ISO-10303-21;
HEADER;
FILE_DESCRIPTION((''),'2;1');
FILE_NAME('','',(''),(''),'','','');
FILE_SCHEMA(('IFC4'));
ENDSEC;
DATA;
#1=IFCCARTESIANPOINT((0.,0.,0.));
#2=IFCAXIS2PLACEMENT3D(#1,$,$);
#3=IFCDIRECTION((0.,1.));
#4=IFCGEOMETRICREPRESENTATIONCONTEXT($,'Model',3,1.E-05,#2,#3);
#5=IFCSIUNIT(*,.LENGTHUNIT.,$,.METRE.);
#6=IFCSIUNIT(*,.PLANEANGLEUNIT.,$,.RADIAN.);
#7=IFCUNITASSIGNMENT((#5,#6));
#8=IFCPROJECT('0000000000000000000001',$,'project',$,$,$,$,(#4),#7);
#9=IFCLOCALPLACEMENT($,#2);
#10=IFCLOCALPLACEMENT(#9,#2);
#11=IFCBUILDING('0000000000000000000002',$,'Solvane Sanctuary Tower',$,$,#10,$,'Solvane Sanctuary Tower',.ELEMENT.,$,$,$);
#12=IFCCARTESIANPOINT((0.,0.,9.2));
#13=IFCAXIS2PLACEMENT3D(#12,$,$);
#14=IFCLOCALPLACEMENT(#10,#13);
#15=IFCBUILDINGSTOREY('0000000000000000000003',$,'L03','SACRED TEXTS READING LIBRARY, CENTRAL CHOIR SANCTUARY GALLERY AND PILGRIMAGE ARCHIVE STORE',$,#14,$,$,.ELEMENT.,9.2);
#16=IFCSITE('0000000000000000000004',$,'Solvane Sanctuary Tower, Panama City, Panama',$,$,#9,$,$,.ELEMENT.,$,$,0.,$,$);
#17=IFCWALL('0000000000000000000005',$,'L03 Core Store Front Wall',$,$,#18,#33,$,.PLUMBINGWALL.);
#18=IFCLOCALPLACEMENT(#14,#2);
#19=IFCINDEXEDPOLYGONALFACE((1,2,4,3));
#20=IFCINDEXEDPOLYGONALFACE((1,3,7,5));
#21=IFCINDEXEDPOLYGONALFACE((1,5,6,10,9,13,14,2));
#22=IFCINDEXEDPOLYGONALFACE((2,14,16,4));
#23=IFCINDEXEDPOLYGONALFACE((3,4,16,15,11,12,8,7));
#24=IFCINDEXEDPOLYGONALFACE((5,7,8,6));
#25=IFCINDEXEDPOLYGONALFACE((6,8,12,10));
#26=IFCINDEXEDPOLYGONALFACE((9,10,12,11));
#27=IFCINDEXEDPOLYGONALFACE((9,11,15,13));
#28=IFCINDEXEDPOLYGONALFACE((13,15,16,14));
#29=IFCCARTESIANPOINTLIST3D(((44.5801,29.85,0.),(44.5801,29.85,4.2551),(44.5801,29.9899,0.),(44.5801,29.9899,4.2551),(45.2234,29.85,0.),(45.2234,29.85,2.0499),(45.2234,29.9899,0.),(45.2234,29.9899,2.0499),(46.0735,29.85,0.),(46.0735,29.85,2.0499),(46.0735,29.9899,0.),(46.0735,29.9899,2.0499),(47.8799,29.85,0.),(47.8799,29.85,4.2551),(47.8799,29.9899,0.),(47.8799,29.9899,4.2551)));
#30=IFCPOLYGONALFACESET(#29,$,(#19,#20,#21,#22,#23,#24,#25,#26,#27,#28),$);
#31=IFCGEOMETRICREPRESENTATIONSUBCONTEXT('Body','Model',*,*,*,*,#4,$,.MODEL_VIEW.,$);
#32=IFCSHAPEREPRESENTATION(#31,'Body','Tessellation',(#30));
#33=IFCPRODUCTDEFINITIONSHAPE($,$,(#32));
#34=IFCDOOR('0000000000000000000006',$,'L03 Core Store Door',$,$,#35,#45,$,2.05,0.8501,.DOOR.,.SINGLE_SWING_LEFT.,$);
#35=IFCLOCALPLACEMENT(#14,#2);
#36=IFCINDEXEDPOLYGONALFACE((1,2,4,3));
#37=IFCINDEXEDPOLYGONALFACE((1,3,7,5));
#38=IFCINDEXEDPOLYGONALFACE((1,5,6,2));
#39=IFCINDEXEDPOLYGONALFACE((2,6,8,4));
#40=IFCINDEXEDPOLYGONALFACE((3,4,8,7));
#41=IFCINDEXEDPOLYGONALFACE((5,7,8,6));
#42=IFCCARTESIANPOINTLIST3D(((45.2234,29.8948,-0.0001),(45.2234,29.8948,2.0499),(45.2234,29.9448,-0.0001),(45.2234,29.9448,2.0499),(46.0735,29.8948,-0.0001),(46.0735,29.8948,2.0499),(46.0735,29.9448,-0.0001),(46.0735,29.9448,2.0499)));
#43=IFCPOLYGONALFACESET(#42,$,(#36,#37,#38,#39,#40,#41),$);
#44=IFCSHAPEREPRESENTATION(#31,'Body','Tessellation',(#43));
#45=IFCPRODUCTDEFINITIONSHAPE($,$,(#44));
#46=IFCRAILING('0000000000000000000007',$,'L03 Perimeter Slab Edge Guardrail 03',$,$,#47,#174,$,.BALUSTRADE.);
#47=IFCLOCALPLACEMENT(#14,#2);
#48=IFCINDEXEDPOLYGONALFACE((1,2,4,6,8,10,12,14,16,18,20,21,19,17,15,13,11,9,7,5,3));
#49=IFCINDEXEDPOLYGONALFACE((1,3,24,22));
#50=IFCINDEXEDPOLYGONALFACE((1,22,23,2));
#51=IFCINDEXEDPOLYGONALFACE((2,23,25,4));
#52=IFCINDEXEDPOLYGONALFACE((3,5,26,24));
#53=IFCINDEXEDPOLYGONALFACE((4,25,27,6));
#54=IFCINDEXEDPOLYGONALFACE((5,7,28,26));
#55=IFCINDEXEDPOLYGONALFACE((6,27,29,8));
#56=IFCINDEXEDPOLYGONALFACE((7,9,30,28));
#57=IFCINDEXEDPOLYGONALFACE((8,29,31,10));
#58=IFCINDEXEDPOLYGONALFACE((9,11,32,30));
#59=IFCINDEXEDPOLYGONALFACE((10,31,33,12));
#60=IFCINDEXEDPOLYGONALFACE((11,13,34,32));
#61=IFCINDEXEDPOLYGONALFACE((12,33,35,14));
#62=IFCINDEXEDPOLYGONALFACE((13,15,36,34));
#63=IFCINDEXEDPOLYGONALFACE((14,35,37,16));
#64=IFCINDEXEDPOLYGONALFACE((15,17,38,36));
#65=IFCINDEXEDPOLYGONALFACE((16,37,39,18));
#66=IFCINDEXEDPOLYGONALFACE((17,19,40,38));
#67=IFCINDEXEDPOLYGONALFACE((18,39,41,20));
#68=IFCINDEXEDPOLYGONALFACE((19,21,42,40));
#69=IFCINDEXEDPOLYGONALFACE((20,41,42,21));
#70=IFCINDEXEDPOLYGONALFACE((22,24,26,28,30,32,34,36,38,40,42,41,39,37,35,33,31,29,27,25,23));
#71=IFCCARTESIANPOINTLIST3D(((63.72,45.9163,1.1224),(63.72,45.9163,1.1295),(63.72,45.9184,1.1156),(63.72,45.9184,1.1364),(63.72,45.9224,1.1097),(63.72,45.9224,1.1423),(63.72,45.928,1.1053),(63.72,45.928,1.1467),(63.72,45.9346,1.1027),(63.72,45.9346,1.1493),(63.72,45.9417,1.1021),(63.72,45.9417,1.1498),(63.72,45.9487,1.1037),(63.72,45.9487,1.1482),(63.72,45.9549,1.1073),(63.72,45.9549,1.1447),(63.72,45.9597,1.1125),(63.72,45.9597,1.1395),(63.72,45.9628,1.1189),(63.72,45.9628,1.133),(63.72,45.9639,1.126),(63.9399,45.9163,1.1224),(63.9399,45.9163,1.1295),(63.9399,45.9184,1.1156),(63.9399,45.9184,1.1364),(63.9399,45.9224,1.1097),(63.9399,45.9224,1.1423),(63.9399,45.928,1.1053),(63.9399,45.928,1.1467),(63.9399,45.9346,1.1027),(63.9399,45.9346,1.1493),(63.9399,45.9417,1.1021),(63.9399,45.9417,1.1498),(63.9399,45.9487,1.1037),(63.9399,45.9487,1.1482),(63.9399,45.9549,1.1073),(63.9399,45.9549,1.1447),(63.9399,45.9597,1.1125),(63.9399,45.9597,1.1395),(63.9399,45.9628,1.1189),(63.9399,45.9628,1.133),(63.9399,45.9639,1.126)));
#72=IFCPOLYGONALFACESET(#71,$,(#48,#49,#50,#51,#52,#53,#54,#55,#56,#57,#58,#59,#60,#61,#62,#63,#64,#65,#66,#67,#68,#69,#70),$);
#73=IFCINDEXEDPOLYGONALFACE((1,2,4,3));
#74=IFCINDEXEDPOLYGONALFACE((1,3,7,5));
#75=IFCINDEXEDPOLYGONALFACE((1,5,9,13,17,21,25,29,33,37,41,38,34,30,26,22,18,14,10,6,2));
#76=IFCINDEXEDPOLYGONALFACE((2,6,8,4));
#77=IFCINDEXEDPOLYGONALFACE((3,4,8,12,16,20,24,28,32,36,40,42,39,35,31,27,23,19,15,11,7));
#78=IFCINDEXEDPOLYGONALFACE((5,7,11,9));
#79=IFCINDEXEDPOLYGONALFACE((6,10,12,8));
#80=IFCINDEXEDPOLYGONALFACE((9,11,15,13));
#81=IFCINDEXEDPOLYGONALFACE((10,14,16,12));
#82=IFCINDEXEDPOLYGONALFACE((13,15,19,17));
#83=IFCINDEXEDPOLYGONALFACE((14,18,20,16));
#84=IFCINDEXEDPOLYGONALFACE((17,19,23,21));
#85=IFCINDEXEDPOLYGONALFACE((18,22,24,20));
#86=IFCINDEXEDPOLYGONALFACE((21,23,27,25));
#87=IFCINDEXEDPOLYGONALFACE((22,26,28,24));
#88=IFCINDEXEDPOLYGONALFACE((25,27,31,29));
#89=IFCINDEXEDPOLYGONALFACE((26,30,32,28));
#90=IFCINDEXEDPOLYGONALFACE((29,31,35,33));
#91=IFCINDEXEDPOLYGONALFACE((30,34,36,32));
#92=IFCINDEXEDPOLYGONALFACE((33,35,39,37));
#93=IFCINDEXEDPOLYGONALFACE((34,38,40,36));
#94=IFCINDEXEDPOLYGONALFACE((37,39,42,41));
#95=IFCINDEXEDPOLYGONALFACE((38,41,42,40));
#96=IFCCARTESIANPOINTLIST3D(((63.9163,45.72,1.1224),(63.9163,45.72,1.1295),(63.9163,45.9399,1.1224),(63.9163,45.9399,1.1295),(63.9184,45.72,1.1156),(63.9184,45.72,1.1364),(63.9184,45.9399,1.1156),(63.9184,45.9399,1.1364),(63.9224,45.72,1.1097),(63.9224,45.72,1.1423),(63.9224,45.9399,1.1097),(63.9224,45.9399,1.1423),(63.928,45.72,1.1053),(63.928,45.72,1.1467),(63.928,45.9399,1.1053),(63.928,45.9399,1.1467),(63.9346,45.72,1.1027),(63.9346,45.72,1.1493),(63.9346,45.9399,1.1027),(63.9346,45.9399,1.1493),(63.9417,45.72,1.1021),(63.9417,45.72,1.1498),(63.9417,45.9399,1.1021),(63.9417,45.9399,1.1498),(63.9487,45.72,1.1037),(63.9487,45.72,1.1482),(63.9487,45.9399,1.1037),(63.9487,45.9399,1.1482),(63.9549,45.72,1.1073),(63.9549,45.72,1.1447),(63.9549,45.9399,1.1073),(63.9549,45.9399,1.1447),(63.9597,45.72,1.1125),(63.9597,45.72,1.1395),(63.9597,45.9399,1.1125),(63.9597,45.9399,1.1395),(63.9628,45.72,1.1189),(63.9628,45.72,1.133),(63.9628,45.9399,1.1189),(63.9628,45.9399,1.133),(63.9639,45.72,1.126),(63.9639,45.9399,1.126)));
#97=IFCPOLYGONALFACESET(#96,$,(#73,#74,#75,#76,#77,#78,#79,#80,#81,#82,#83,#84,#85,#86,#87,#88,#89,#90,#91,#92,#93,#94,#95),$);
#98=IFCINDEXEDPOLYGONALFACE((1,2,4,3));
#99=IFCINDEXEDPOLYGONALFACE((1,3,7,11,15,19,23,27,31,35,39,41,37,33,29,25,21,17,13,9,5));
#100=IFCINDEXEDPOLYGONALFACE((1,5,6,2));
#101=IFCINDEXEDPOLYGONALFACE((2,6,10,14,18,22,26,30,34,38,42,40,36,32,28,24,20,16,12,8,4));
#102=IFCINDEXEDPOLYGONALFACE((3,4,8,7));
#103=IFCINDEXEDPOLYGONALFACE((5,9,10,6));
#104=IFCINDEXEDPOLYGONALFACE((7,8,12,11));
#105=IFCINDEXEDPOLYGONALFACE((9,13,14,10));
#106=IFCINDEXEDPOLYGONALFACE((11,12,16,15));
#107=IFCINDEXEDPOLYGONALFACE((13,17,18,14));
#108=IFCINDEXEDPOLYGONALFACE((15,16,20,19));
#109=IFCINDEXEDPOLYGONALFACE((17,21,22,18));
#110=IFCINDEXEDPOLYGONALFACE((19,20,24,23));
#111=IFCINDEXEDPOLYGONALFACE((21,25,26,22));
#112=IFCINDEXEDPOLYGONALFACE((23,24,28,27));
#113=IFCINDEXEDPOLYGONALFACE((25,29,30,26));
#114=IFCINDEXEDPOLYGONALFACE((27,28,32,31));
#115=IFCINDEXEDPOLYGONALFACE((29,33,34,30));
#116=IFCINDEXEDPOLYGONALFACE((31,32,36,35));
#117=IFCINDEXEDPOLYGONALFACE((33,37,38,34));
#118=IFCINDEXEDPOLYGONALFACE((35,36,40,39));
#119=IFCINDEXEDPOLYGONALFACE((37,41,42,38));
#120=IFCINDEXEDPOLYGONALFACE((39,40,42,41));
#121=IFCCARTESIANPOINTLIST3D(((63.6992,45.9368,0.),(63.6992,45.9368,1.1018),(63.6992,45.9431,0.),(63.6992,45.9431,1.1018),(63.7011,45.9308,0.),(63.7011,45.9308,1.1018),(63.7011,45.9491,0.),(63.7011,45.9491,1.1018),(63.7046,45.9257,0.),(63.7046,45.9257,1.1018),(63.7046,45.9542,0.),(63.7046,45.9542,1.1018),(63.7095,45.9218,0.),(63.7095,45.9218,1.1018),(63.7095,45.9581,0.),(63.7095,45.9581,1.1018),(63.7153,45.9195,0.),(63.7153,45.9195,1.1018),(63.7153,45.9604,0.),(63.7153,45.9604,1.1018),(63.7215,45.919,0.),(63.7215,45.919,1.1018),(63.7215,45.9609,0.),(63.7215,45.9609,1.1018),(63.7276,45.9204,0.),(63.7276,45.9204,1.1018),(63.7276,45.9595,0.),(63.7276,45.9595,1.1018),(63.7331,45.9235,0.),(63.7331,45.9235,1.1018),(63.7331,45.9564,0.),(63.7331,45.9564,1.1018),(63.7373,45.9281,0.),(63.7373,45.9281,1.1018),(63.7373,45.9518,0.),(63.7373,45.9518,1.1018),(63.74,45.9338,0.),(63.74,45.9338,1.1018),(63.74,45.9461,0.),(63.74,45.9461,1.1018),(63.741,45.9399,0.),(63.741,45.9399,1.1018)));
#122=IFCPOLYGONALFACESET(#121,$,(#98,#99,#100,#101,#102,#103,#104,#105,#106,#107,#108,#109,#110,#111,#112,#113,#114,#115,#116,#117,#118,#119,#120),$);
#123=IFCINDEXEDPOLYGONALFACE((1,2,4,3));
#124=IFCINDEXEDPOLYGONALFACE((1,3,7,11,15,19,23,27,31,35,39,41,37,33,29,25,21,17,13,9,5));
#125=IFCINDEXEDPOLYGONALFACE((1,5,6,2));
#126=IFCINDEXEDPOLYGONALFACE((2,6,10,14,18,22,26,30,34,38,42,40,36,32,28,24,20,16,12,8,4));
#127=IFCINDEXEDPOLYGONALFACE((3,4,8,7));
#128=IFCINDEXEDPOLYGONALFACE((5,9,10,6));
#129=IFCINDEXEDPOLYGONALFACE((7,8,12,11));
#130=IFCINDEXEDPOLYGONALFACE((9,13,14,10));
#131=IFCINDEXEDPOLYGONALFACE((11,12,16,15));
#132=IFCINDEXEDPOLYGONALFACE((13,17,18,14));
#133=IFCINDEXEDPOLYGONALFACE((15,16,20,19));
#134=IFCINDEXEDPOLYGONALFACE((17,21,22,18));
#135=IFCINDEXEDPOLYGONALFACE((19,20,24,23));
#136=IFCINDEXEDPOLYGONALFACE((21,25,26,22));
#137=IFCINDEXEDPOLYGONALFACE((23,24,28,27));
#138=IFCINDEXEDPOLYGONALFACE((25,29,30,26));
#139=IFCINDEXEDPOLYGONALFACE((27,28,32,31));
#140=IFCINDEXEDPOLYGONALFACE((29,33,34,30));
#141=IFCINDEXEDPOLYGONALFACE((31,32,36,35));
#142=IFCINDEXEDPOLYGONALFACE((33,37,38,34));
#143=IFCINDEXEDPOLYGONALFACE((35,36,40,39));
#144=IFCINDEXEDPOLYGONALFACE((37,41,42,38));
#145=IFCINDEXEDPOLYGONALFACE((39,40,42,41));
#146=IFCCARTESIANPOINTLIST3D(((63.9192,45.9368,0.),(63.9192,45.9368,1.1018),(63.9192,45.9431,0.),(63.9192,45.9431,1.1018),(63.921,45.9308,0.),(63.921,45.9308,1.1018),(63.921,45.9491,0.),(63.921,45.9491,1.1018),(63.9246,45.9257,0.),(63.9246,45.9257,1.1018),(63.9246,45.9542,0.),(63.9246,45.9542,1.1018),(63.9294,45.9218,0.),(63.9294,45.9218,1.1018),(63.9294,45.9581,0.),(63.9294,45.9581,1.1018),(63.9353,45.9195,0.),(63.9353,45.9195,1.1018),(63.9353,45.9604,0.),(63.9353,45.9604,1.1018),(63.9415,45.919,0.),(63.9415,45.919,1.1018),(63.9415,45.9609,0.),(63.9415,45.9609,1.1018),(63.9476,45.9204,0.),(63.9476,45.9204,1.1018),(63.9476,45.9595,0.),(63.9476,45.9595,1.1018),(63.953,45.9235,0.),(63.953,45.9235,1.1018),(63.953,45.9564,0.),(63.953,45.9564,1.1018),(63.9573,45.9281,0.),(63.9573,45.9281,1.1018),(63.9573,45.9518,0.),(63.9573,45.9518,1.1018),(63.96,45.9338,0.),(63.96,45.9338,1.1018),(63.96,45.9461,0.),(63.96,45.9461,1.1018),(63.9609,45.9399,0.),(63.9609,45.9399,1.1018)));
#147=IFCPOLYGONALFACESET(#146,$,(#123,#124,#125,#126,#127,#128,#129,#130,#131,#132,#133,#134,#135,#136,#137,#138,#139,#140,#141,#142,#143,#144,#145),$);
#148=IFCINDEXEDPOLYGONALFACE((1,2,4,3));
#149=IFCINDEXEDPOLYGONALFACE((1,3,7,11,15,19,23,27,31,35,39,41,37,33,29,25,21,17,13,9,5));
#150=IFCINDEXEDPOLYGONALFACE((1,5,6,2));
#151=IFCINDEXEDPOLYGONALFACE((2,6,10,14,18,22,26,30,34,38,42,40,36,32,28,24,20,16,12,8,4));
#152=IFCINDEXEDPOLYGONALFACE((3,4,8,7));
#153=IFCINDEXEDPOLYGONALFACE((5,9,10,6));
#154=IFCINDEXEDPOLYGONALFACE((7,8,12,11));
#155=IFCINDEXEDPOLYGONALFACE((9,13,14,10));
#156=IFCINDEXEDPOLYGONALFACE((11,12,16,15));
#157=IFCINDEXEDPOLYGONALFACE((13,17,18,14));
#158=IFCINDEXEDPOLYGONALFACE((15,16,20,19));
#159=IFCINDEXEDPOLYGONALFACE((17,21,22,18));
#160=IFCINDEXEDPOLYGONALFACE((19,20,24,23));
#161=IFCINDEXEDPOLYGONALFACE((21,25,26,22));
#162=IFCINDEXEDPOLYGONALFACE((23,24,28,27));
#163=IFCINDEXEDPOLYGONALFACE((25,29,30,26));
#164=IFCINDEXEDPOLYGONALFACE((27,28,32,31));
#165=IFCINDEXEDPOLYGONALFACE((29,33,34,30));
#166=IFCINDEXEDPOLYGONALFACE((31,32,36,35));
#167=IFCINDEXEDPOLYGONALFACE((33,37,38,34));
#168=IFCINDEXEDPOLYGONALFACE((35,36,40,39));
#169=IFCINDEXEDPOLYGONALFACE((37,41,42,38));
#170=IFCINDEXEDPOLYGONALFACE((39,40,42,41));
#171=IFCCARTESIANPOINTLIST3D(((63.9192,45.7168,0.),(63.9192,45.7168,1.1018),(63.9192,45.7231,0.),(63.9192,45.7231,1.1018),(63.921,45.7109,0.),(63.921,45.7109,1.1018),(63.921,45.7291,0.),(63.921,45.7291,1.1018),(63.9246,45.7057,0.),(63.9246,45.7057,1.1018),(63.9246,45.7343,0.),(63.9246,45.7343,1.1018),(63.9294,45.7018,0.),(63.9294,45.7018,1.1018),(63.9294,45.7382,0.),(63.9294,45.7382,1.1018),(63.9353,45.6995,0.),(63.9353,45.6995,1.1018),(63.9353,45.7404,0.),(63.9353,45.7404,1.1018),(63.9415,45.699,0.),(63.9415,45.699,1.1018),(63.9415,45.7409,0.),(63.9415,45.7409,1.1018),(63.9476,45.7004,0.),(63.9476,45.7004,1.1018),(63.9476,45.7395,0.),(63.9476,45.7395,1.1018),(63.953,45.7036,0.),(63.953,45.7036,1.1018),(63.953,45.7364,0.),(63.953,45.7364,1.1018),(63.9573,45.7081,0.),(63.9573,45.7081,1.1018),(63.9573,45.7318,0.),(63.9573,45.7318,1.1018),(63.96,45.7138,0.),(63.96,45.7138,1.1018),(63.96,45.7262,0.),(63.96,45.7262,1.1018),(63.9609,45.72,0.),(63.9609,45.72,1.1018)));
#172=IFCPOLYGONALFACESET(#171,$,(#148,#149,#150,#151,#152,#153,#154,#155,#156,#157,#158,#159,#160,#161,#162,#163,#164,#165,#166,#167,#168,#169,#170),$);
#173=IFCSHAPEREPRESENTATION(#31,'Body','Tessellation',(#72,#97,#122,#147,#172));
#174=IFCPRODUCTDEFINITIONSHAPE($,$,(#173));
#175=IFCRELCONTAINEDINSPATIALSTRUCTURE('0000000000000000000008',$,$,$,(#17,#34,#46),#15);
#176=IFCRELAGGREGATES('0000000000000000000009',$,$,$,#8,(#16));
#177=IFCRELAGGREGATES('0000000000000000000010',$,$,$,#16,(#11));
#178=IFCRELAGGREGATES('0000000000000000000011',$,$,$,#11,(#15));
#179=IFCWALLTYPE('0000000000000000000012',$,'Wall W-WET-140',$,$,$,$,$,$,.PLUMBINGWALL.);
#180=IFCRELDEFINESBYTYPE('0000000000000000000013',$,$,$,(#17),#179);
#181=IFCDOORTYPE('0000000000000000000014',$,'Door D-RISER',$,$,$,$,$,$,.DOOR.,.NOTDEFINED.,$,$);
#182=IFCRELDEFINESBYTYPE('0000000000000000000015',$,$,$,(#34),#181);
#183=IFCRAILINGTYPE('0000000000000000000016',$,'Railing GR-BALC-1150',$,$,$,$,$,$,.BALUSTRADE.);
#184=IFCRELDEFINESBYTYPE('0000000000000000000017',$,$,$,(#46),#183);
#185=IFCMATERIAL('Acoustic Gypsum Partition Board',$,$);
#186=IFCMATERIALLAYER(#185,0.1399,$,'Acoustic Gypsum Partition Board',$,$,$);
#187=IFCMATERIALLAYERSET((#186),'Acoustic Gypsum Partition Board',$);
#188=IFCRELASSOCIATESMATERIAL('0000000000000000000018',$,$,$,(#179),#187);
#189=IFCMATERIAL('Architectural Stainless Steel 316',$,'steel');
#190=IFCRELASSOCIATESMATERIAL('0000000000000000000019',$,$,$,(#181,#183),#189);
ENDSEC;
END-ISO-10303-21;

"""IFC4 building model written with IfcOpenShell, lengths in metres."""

from ifc_helpers import new_model, si_unit, direction, frame, frame_2d, origin, origin_2d, place, context, subcontext, project, spatial, rectangle, circle, extrude, material, layer, layer_set, type_object, element, fill, save


model = new_model("IFC4")

# Units and contexts
model_context = context("Model", 3, precision=1e-05, world=origin(), true_north=direction((0.0, 1.0)))
body_context = subcontext(model_context, "Body", "Model", "MODEL_VIEW")
ifc_project = project(units=[si_unit("LENGTHUNIT", "METRE"), si_unit("PLANEANGLEUNIT", "RADIAN")], contexts=[model_context])

# Site, building, storey
site_placement = place(None, origin())
site = spatial("IfcSite", under=ifc_project, at=site_placement, Name="Solvane Sanctuary Tower, Panama City, Panama", CompositionType="ELEMENT", RefElevation=0.0)
building_placement = place(site_placement, origin())
building = spatial("IfcBuilding", under=site, at=building_placement, Name="Solvane Sanctuary Tower", LongName="Solvane Sanctuary Tower", CompositionType="ELEMENT")
storey_placement = place(building_placement, frame((0.0, 0.0, 9.2)))
storey = spatial("IfcBuildingStorey", under=building, at=storey_placement, Name="L03", Description="SACRED TEXTS READING LIBRARY, CENTRAL CHOIR SANCTUARY GALLERY AND PILGRIMAGE ARCHIVE STORE", CompositionType="ELEMENT", Elevation=9.2)

# Shared definitions
ifc_material_1 = material(Name="Acoustic Gypsum Partition Board")

# Shared definitions
ifc_material_2 = material(Name="Architectural Stainless Steel 316", Category="steel")

# Wall, opening, door
ifc_layer_1 = layer(ifc_material_1, 0.1399, Name="Acoustic Gypsum Partition Board")
ifc_layer_set_1 = layer_set([ifc_layer_1], Name="Acoustic Gypsum Partition Board")
wall_type_1 = type_object("IfcWallType", Name="Wall W-WET-140", PredefinedType="PLUMBINGWALL", material=ifc_layer_set_1)
wall_1_placement = place(storey_placement, frame((44.5801, 29.9199, 0.0), z_axis=(0.0, 0.0, 1.0), x_axis=(1.0, 0.0, 0.0)))
wall_1 = element("IfcWall", 1, at=wall_1_placement, inside=storey, type_object=wall_type_1, Name="L03 Core Store Front Wall", PredefinedType="PLUMBINGWALL", context=body_context, shape_type="SweptSolid", body=[
    extrude(rectangle(XDim=3.2998, YDim=0.1399, at=frame_2d((1.6499, 0.0))), origin(), (0.0, 0.0, 1.0), 4.2551),
])
opening_1_placement = place(wall_1_placement, frame((0.6433, 0.0, 0.0)))
opening_1 = element("IfcOpeningElement", 2, at=opening_1_placement, cuts=wall_1, PredefinedType="OPENING", context=body_context, shape_type="SweptSolid", body=[
    extrude(rectangle(XDim=0.8501, YDim=2.05, at=frame_2d((0.425, 1.0249))), frame((0.0, 0.0798, 0.0), z_axis=(0.0, -1.0, 0.0), x_axis=(1.0, 0.0, 0.0)), (0.0, 0.0, 1.0), 0.1599),
])
door_type_1 = type_object("IfcDoorType", Name="Door D-RISER", OperationType="NOTDEFINED", PredefinedType="DOOR", material=ifc_material_2)
door_1_placement = place(opening_1_placement, origin())
door_1 = element("IfcDoor", 3, at=door_1_placement, inside=storey, type_object=door_type_1, Name="L03 Core Store Door", OperationType="SINGLE_SWING_LEFT", OverallHeight=2.05, OverallWidth=0.8501, PredefinedType="DOOR", context=body_context, shape_type="SweptSolid", body=[
    extrude(rectangle(XDim=0.8501, YDim=2.05, at=frame_2d((0.425, 1.0249))), frame((0.0, 0.0249, 0.0), z_axis=(0.0, -1.0, 0.0), x_axis=(1.0, 0.0, 0.0)), (0.0, 0.0, 1.0), 0.05),
])
fill(opening_1, door_1)

# Railing
railing_type = type_object("IfcRailingType", Name="Railing GR-BALC-1150", PredefinedType="BALUSTRADE", material=ifc_material_2)
railing_1_placement = place(storey_placement, frame((63.72, 45.9399, 0.0)))
element("IfcRailing", 4, at=railing_1_placement, inside=storey, type_object=railing_type, Name="L03 Perimeter Slab Edge Guardrail 03", PredefinedType="BALUSTRADE", context=body_context, shape_type="SweptSolid", body=[
    extrude(circle(Radius=0.0239, at=origin_2d()), frame((0.0, 0.0, 1.126), z_axis=(1.0, 0.0, 0.0), x_axis=(0.0, 1.0, 0.0)), (0.0, 0.0, 1.0), 0.22),
    extrude(circle(Radius=0.0239, at=origin_2d()), frame((0.22, 0.0, 1.126), z_axis=(0.0, -1.0, 0.0), x_axis=(1.0, 0.0, 0.0)), (0.0, 0.0, 1.0), 0.22),
    extrude(circle(Radius=0.021, at=origin_2d()), origin(), (0.0, 0.0, 1.0), 1.1018),
    extrude(circle(Radius=0.021, at=origin_2d()), frame((0.22, 0.0, 0.0)), (0.0, 0.0, 1.0), 1.1018),
    extrude(circle(Radius=0.021, at=origin_2d()), frame((0.22, -0.22, 0.0)), (0.0, 0.0, 1.0), 1.1018),
])

save(model, "model.ifc")
